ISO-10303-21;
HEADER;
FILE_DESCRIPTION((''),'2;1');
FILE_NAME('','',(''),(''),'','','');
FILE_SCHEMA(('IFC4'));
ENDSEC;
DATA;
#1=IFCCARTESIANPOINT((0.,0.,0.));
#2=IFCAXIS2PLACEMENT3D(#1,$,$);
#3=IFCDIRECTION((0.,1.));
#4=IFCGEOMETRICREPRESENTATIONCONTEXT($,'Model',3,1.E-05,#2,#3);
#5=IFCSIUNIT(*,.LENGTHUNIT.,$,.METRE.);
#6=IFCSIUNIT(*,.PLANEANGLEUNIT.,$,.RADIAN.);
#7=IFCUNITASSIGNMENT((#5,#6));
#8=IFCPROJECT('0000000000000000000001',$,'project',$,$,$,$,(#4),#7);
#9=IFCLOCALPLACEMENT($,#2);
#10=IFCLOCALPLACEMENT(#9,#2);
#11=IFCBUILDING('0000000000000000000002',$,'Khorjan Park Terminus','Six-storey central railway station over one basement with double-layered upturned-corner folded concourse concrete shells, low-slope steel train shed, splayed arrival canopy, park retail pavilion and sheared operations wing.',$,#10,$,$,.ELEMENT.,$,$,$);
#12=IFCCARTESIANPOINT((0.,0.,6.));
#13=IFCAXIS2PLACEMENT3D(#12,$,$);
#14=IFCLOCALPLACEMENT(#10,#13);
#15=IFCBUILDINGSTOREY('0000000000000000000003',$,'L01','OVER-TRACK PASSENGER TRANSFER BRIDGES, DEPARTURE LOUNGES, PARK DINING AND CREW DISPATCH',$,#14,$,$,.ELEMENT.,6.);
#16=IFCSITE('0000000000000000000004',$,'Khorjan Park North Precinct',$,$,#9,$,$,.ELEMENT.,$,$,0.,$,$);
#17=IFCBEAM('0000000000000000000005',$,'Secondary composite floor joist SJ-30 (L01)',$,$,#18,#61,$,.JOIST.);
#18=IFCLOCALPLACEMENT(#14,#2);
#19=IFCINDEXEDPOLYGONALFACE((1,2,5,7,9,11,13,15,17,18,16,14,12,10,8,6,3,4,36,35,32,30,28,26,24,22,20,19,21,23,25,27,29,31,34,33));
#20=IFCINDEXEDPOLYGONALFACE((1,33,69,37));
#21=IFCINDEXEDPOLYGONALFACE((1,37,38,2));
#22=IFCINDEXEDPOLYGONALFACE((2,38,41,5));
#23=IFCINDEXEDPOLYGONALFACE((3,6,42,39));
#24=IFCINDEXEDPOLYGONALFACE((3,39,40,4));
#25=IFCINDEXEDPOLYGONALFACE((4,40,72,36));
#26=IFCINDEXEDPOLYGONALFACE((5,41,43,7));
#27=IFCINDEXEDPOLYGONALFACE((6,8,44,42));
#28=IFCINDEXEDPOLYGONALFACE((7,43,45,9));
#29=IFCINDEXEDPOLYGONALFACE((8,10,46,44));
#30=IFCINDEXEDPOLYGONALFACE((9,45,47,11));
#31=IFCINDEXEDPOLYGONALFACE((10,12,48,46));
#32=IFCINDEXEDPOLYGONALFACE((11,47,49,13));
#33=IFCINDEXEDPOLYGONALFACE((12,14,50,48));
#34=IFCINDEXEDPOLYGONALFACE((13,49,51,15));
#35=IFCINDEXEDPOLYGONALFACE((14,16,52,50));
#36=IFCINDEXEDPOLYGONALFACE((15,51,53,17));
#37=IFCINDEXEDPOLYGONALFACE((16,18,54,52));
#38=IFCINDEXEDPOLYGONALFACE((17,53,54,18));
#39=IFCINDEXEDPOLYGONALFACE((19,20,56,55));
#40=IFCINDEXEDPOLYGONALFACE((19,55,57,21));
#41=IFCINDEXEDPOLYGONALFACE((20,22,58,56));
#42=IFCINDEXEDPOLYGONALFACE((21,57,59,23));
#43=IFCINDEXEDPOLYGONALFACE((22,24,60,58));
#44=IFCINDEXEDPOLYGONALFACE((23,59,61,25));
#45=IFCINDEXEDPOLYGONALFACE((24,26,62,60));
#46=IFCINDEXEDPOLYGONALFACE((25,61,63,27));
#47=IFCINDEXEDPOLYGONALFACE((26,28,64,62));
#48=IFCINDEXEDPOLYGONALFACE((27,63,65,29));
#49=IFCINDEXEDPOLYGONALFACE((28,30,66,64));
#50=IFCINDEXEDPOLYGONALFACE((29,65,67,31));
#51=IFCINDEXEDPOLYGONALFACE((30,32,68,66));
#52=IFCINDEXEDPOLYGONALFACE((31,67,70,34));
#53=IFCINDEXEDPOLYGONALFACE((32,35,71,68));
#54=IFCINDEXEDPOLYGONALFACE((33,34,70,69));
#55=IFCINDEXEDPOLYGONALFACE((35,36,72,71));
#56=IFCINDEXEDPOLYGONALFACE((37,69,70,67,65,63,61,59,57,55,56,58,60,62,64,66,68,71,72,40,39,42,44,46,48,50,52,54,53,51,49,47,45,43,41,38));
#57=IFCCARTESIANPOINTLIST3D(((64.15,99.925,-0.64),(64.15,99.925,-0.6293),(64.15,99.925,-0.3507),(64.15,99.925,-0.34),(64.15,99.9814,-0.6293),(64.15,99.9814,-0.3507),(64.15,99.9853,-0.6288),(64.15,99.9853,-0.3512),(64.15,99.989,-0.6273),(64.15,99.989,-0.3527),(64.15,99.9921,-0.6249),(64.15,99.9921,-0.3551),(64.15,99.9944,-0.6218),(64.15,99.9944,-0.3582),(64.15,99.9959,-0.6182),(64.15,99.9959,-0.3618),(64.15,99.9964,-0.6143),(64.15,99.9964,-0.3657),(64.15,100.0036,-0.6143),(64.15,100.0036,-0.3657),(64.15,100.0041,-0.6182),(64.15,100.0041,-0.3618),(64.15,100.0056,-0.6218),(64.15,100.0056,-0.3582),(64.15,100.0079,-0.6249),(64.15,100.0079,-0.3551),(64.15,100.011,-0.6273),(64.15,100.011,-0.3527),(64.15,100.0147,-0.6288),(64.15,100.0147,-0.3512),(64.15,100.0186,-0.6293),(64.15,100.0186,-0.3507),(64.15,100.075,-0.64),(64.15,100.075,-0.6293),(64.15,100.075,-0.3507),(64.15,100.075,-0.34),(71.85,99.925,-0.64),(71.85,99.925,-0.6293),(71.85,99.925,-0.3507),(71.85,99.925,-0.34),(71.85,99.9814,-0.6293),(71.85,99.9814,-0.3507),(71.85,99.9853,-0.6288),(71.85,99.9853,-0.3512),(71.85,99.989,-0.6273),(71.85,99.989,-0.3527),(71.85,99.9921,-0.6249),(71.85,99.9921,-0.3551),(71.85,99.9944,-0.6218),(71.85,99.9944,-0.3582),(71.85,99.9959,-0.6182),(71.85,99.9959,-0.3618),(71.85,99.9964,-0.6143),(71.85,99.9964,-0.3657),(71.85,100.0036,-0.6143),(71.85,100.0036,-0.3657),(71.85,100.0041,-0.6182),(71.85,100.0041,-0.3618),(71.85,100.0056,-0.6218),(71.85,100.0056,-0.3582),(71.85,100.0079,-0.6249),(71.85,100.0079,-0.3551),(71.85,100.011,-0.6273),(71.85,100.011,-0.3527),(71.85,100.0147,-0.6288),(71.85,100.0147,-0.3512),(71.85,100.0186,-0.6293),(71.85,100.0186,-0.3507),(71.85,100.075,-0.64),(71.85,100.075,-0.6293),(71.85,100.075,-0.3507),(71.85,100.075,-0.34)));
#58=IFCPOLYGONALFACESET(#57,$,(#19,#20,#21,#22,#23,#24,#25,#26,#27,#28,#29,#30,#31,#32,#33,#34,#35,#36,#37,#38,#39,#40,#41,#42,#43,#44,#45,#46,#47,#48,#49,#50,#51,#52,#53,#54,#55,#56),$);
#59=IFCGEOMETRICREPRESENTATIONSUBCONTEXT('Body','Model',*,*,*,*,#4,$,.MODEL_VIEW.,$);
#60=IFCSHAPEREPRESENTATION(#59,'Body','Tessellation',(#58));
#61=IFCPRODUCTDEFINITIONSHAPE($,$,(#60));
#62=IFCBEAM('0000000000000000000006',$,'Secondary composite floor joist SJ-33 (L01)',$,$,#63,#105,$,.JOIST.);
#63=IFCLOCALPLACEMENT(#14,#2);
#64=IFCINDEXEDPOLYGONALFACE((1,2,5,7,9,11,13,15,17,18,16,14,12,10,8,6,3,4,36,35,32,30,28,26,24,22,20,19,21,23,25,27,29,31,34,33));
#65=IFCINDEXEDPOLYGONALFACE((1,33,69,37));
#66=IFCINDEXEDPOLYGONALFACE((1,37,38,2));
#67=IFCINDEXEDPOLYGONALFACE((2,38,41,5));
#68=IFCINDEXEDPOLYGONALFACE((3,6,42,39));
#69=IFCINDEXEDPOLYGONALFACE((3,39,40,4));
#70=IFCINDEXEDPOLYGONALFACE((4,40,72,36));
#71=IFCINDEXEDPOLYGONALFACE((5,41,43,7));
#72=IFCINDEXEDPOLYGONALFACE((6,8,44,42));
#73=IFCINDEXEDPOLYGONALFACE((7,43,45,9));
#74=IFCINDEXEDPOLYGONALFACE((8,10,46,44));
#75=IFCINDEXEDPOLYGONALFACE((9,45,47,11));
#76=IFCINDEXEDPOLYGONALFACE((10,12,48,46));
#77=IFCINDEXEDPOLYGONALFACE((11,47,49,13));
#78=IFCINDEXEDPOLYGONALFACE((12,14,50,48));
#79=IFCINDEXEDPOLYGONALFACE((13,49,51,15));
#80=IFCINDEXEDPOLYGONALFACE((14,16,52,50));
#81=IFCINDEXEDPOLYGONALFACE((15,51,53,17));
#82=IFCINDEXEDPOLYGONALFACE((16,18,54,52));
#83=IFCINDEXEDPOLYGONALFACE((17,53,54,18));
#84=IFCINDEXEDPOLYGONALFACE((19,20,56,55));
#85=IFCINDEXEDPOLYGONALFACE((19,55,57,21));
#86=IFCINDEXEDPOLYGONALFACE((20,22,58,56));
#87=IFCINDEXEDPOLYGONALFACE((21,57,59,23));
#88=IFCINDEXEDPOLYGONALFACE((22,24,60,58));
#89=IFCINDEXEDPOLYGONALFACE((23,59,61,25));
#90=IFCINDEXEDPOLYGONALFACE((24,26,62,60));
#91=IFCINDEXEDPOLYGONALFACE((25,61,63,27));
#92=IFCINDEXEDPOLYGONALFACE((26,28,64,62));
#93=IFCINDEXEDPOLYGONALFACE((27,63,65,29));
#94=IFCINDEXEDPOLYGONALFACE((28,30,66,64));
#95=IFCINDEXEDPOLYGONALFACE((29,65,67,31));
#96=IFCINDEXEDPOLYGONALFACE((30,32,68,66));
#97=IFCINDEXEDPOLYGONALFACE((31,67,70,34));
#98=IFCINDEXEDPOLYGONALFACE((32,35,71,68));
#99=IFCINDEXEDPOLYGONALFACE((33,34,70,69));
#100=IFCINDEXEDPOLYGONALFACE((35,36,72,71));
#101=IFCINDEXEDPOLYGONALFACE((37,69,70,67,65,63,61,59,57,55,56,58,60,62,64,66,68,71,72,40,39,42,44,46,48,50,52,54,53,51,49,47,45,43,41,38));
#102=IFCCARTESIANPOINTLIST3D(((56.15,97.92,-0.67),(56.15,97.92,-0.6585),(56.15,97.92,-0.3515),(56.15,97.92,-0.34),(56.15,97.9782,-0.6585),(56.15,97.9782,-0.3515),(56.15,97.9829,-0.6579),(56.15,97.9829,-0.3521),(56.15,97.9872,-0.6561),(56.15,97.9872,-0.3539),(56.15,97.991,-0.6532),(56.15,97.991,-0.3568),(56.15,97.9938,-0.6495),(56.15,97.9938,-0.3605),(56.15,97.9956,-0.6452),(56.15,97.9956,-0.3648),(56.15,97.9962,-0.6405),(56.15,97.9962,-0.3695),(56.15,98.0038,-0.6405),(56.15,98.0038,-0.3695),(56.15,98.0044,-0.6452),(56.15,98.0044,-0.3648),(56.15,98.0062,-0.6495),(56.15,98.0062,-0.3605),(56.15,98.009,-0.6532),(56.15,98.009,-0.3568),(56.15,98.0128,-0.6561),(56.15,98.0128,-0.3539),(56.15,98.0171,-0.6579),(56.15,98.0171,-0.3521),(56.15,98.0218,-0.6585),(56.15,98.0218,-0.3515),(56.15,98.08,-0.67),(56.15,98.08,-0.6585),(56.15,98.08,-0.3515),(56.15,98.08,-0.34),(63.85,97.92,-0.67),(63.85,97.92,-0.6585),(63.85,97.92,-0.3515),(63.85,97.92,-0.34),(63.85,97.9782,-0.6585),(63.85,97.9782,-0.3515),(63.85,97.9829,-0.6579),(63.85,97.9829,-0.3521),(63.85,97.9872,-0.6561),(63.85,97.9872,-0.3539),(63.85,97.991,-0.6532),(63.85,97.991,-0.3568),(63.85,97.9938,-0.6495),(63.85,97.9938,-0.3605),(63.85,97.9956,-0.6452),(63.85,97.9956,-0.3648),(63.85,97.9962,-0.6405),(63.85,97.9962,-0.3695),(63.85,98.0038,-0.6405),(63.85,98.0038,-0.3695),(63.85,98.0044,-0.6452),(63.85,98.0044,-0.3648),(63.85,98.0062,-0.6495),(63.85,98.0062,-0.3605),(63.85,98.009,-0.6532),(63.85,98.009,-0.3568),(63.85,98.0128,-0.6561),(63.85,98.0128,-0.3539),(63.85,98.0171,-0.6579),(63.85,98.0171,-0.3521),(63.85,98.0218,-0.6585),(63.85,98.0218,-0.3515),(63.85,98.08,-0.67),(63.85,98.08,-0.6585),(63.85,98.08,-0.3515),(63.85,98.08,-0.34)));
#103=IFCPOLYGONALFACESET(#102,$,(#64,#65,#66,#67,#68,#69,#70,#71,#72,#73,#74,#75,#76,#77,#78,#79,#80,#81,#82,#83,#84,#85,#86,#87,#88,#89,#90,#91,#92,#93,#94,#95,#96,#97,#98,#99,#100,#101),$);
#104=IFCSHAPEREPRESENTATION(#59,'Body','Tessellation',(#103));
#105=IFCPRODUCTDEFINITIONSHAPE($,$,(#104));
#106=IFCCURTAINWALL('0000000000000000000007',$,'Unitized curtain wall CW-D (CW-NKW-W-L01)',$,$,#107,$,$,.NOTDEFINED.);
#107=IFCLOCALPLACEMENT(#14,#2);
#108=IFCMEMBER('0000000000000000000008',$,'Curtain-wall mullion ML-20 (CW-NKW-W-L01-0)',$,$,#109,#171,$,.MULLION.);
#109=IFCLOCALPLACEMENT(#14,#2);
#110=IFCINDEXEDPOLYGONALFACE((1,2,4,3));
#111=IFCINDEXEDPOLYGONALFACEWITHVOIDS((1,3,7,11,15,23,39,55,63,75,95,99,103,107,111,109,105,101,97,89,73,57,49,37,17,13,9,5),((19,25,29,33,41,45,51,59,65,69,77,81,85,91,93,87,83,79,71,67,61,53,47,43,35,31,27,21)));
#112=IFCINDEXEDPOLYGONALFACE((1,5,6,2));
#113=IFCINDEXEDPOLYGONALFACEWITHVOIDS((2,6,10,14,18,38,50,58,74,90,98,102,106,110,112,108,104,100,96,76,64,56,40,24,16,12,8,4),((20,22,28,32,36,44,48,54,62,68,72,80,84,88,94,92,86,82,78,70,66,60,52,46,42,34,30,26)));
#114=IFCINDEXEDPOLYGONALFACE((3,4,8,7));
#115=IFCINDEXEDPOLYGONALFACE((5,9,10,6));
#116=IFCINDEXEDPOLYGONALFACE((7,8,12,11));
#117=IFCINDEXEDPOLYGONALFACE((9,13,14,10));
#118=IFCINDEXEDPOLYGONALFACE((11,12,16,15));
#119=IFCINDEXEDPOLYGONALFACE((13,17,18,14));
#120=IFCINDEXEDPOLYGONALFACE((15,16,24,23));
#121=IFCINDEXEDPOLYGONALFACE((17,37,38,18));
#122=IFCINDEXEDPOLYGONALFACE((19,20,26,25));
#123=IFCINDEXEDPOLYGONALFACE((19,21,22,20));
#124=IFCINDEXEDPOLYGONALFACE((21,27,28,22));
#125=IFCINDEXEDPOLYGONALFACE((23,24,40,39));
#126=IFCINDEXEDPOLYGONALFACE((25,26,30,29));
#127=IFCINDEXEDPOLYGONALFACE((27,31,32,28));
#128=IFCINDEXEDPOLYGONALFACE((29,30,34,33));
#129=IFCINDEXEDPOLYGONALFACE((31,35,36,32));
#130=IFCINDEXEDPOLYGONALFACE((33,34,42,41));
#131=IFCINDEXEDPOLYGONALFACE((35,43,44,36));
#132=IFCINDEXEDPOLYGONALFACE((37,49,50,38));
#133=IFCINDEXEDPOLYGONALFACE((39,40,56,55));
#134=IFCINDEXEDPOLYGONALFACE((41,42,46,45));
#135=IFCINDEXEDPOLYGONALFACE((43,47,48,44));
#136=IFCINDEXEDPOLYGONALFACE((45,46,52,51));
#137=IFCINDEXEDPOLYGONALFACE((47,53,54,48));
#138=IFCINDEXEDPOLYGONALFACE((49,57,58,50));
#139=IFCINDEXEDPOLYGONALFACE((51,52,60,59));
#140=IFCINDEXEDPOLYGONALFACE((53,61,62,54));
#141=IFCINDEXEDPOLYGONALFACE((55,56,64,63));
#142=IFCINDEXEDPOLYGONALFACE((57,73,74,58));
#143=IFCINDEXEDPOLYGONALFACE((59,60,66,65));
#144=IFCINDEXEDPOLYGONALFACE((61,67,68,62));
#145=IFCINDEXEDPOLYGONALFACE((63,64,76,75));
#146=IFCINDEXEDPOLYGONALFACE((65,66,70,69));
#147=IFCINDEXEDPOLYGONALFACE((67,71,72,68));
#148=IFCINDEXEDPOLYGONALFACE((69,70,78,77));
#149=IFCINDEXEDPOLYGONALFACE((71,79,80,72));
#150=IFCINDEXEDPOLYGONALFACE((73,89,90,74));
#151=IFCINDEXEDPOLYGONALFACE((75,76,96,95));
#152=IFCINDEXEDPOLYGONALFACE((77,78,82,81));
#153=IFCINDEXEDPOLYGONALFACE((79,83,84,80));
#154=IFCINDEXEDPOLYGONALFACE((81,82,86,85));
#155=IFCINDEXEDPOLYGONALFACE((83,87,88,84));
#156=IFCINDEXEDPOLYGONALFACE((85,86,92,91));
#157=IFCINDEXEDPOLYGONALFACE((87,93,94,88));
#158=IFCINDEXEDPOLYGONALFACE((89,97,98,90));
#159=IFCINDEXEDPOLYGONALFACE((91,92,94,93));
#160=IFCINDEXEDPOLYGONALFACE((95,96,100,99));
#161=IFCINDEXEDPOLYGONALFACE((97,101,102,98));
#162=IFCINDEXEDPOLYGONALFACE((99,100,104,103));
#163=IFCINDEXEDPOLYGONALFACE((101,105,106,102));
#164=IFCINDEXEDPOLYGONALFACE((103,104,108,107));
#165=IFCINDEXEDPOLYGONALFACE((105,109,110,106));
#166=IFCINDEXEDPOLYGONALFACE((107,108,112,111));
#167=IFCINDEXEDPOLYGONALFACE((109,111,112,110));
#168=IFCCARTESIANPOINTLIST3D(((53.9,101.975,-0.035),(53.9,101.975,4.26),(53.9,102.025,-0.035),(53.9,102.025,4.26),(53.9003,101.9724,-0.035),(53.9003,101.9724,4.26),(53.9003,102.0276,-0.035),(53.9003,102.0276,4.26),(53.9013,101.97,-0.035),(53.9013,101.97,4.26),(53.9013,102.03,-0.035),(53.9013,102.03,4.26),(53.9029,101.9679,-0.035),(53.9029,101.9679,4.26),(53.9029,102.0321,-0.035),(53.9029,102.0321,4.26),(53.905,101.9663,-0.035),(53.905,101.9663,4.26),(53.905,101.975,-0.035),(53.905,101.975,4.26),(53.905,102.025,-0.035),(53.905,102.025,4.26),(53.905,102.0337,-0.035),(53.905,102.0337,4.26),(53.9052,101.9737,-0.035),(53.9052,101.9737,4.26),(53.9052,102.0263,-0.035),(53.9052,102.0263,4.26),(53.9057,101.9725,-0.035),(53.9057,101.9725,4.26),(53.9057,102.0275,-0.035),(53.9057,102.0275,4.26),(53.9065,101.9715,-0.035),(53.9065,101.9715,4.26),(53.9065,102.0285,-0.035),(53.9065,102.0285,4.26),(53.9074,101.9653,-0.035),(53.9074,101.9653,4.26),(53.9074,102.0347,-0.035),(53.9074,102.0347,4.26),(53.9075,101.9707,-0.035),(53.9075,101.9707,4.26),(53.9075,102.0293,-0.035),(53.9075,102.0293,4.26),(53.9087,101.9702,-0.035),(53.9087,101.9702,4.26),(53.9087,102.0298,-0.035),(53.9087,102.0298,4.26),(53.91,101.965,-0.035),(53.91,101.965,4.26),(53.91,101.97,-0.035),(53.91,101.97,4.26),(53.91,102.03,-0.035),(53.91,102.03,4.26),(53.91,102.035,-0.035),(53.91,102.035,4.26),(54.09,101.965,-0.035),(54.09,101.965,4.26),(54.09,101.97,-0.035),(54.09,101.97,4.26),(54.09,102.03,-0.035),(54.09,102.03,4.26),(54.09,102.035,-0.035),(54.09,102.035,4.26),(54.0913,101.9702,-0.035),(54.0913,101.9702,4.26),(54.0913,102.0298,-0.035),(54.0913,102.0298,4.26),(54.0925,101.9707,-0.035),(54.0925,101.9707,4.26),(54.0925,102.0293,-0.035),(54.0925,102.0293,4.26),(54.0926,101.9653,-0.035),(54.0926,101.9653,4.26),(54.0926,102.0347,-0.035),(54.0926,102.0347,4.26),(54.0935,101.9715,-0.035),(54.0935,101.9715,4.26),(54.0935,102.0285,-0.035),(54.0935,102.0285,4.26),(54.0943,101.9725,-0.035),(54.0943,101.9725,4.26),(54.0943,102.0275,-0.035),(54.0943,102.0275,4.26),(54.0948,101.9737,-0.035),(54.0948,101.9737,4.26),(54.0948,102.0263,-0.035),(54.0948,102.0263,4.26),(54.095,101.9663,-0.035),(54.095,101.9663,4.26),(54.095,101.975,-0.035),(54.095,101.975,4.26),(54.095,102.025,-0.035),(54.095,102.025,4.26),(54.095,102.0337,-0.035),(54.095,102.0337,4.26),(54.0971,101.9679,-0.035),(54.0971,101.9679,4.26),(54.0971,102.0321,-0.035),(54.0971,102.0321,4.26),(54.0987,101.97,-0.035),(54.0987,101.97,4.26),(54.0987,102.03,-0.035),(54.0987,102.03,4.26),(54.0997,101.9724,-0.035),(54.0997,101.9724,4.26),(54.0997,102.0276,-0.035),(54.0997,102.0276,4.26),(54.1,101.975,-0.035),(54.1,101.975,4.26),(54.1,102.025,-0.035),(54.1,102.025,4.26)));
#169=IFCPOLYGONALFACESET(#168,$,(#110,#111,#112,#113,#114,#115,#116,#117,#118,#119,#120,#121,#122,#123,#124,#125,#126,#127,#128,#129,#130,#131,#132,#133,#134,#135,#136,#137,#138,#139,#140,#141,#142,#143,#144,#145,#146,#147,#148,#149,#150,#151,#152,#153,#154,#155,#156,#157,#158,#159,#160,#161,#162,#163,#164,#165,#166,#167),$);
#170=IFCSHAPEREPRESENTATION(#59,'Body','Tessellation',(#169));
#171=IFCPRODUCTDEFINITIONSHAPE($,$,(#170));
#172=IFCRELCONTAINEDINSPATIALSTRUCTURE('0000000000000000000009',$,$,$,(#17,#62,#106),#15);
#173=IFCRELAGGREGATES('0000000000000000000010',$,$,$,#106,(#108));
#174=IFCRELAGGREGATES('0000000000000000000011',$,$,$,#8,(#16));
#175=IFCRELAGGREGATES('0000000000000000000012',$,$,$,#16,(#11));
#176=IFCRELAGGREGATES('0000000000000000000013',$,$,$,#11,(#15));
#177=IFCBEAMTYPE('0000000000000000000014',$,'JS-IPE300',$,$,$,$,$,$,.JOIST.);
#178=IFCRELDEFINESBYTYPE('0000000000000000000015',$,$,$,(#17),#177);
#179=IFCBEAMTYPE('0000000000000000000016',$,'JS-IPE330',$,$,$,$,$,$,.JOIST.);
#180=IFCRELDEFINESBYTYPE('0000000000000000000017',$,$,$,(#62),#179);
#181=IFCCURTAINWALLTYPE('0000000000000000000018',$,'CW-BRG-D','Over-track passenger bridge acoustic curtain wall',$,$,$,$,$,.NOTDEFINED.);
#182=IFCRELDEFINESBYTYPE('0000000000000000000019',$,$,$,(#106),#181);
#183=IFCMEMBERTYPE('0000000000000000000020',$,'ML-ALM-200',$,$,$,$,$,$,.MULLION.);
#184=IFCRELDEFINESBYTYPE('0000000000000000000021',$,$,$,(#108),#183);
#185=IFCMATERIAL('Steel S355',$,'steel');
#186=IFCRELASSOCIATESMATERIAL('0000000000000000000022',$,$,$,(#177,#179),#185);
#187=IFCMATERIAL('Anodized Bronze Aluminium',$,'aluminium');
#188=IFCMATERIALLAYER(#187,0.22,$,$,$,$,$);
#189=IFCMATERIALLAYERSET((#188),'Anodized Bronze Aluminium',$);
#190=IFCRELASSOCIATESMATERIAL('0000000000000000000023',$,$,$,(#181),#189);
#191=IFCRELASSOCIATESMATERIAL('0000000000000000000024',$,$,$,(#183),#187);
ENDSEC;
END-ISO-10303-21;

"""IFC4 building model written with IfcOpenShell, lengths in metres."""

from ifc_helpers import new_model, si_unit, direction, frame, origin, origin_2d, place, context, subcontext, project, spatial, hollow_rectangle, i_section, extrude, material, layer, layer_set, material_profile, profile_set, type_object, element, aggregate, save


model = new_model("IFC4")

# Units and contexts
model_context = context("Model", 3, precision=1e-05, world=origin(), true_north=direction((0.0, 1.0)))
body_context = subcontext(model_context, "Body", "Model", "MODEL_VIEW")
ifc_project = project(units=[si_unit("LENGTHUNIT", "METRE"), si_unit("PLANEANGLEUNIT", "RADIAN")], contexts=[model_context])

# Site, building, storey
site_placement = place(None, origin())
site = spatial("IfcSite", under=ifc_project, at=site_placement, Name="Khorjan Park North Precinct", CompositionType="ELEMENT", RefElevation=0.0)
building_placement = place(site_placement, origin())
building = spatial("IfcBuilding", under=site, at=building_placement, Name="Khorjan Park Terminus", Description="Six-storey central railway station over one basement with double-layered upturned-corner folded concourse concrete shells, low-slope steel train shed, splayed arrival canopy, park retail pavilion and sheared operations wing.", CompositionType="ELEMENT")
storey_placement = place(building_placement, frame((0.0, 0.0, 6.0)))
storey = spatial("IfcBuildingStorey", under=building, at=storey_placement, Name="L01", Description="OVER-TRACK PASSENGER TRANSFER BRIDGES, DEPARTURE LOUNGES, PARK DINING AND CREW DISPATCH", CompositionType="ELEMENT", Elevation=6.0)

# Shared definitions
ifc_material_1 = material(Name="Steel S355", Category="steel")

# Beams
ifc_material_profile_1 = material_profile(ifc_material_1, i_section(OverallWidth=0.15, OverallDepth=0.3, WebThickness=0.0071, FlangeThickness=0.0107, FilletRadius=0.015, at=origin_2d()), Name="IPE 300")
ifc_profile_set_1 = profile_set([ifc_material_profile_1], Name="Steel S355")
beam_type_1 = type_object("IfcBeamType", Name="JS-IPE300", PredefinedType="JOIST", material=ifc_profile_set_1)
beam_1_placement = place(storey_placement, frame((64.15, 100.0, -0.49), z_axis=(1.0, 0.0, 0.0), x_axis=(0.0, 1.0, 0.0)))
element("IfcBeam", 1, at=beam_1_placement, inside=storey, type_object=beam_type_1, Name="Secondary composite floor joist SJ-30 (L01)", PredefinedType="JOIST", context=body_context, shape_type="SweptSolid", body=[
    extrude(i_section(OverallWidth=0.15, OverallDepth=0.3, WebThickness=0.0071, FlangeThickness=0.0107, FilletRadius=0.015, at=origin_2d()), origin(), (0.0, 0.0, 1.0), 7.7),
])
ifc_material_profile_2 = material_profile(ifc_material_1, i_section(OverallWidth=0.16, OverallDepth=0.33, WebThickness=0.0075, FlangeThickness=0.0115, FilletRadius=0.018, at=origin_2d()), Name="IPE 330")
ifc_profile_set_2 = profile_set([ifc_material_profile_2], Name="Steel S355")
beam_type_2 = type_object("IfcBeamType", Name="JS-IPE330", PredefinedType="JOIST", material=ifc_profile_set_2)
beam_2_placement = place(storey_placement, frame((56.15, 98.0, -0.505), z_axis=(1.0, 0.0, 0.0), x_axis=(0.0, 1.0, 0.0)))
element("IfcBeam", 2, at=beam_2_placement, inside=storey, type_object=beam_type_2, Name="Secondary composite floor joist SJ-33 (L01)", PredefinedType="JOIST", context=body_context, shape_type="SweptSolid", body=[
    extrude(i_section(OverallWidth=0.16, OverallDepth=0.33, WebThickness=0.0075, FlangeThickness=0.0115, FilletRadius=0.018, at=origin_2d()), origin(), (0.0, 0.0, 1.0), 7.7),
])

# Curtain wall, member
ifc_material_2 = material(Name="Anodized Bronze Aluminium", Category="aluminium")
ifc_layer_1 = layer(ifc_material_2, 0.22)
ifc_layer_set_1 = layer_set([ifc_layer_1], Name="Anodized Bronze Aluminium")
curtain_wall_type = type_object("IfcCurtainWallType", Name="CW-BRG-D", Description="Over-track passenger bridge acoustic curtain wall", PredefinedType="NOTDEFINED", material=ifc_layer_set_1)
curtain_wall_placement = place(storey_placement, origin())
curtain_wall = element("IfcCurtainWall", 3, at=curtain_wall_placement, inside=storey, type_object=curtain_wall_type, Name="Unitized curtain wall CW-D (CW-NKW-W-L01)", PredefinedType="NOTDEFINED")
ifc_material_profile_3 = material_profile(ifc_material_2, hollow_rectangle(XDim=0.07, YDim=0.2, WallThickness=0.005, InnerFilletRadius=0.005, OuterFilletRadius=0.01, at=origin_2d()), Name="ALM 70x200x5")
ifc_profile_set_3 = profile_set([ifc_material_profile_3], Name="Anodized Bronze Aluminium")
member_type_1 = type_object("IfcMemberType", Name="ML-ALM-200", PredefinedType="MULLION", material=ifc_profile_set_3)
member_1_placement = place(storey_placement, frame((54.0, 102.0, -0.035), z_axis=(0.0, 0.0, 1.0), x_axis=(0.0, -1.0, 0.0)))
member_1 = element("IfcMember", 4, at=member_1_placement, type_object=member_type_1, Name="Curtain-wall mullion ML-20 (CW-NKW-W-L01-0)", PredefinedType="MULLION", context=body_context, shape_type="SweptSolid", body=[
    extrude(hollow_rectangle(XDim=0.07, YDim=0.2, WallThickness=0.005, InnerFilletRadius=0.005, OuterFilletRadius=0.01, at=origin_2d()), origin(), (0.0, 0.0, 1.0), 4.295),
])
aggregate(curtain_wall, [member_1])

save(model, "model.ifc")
